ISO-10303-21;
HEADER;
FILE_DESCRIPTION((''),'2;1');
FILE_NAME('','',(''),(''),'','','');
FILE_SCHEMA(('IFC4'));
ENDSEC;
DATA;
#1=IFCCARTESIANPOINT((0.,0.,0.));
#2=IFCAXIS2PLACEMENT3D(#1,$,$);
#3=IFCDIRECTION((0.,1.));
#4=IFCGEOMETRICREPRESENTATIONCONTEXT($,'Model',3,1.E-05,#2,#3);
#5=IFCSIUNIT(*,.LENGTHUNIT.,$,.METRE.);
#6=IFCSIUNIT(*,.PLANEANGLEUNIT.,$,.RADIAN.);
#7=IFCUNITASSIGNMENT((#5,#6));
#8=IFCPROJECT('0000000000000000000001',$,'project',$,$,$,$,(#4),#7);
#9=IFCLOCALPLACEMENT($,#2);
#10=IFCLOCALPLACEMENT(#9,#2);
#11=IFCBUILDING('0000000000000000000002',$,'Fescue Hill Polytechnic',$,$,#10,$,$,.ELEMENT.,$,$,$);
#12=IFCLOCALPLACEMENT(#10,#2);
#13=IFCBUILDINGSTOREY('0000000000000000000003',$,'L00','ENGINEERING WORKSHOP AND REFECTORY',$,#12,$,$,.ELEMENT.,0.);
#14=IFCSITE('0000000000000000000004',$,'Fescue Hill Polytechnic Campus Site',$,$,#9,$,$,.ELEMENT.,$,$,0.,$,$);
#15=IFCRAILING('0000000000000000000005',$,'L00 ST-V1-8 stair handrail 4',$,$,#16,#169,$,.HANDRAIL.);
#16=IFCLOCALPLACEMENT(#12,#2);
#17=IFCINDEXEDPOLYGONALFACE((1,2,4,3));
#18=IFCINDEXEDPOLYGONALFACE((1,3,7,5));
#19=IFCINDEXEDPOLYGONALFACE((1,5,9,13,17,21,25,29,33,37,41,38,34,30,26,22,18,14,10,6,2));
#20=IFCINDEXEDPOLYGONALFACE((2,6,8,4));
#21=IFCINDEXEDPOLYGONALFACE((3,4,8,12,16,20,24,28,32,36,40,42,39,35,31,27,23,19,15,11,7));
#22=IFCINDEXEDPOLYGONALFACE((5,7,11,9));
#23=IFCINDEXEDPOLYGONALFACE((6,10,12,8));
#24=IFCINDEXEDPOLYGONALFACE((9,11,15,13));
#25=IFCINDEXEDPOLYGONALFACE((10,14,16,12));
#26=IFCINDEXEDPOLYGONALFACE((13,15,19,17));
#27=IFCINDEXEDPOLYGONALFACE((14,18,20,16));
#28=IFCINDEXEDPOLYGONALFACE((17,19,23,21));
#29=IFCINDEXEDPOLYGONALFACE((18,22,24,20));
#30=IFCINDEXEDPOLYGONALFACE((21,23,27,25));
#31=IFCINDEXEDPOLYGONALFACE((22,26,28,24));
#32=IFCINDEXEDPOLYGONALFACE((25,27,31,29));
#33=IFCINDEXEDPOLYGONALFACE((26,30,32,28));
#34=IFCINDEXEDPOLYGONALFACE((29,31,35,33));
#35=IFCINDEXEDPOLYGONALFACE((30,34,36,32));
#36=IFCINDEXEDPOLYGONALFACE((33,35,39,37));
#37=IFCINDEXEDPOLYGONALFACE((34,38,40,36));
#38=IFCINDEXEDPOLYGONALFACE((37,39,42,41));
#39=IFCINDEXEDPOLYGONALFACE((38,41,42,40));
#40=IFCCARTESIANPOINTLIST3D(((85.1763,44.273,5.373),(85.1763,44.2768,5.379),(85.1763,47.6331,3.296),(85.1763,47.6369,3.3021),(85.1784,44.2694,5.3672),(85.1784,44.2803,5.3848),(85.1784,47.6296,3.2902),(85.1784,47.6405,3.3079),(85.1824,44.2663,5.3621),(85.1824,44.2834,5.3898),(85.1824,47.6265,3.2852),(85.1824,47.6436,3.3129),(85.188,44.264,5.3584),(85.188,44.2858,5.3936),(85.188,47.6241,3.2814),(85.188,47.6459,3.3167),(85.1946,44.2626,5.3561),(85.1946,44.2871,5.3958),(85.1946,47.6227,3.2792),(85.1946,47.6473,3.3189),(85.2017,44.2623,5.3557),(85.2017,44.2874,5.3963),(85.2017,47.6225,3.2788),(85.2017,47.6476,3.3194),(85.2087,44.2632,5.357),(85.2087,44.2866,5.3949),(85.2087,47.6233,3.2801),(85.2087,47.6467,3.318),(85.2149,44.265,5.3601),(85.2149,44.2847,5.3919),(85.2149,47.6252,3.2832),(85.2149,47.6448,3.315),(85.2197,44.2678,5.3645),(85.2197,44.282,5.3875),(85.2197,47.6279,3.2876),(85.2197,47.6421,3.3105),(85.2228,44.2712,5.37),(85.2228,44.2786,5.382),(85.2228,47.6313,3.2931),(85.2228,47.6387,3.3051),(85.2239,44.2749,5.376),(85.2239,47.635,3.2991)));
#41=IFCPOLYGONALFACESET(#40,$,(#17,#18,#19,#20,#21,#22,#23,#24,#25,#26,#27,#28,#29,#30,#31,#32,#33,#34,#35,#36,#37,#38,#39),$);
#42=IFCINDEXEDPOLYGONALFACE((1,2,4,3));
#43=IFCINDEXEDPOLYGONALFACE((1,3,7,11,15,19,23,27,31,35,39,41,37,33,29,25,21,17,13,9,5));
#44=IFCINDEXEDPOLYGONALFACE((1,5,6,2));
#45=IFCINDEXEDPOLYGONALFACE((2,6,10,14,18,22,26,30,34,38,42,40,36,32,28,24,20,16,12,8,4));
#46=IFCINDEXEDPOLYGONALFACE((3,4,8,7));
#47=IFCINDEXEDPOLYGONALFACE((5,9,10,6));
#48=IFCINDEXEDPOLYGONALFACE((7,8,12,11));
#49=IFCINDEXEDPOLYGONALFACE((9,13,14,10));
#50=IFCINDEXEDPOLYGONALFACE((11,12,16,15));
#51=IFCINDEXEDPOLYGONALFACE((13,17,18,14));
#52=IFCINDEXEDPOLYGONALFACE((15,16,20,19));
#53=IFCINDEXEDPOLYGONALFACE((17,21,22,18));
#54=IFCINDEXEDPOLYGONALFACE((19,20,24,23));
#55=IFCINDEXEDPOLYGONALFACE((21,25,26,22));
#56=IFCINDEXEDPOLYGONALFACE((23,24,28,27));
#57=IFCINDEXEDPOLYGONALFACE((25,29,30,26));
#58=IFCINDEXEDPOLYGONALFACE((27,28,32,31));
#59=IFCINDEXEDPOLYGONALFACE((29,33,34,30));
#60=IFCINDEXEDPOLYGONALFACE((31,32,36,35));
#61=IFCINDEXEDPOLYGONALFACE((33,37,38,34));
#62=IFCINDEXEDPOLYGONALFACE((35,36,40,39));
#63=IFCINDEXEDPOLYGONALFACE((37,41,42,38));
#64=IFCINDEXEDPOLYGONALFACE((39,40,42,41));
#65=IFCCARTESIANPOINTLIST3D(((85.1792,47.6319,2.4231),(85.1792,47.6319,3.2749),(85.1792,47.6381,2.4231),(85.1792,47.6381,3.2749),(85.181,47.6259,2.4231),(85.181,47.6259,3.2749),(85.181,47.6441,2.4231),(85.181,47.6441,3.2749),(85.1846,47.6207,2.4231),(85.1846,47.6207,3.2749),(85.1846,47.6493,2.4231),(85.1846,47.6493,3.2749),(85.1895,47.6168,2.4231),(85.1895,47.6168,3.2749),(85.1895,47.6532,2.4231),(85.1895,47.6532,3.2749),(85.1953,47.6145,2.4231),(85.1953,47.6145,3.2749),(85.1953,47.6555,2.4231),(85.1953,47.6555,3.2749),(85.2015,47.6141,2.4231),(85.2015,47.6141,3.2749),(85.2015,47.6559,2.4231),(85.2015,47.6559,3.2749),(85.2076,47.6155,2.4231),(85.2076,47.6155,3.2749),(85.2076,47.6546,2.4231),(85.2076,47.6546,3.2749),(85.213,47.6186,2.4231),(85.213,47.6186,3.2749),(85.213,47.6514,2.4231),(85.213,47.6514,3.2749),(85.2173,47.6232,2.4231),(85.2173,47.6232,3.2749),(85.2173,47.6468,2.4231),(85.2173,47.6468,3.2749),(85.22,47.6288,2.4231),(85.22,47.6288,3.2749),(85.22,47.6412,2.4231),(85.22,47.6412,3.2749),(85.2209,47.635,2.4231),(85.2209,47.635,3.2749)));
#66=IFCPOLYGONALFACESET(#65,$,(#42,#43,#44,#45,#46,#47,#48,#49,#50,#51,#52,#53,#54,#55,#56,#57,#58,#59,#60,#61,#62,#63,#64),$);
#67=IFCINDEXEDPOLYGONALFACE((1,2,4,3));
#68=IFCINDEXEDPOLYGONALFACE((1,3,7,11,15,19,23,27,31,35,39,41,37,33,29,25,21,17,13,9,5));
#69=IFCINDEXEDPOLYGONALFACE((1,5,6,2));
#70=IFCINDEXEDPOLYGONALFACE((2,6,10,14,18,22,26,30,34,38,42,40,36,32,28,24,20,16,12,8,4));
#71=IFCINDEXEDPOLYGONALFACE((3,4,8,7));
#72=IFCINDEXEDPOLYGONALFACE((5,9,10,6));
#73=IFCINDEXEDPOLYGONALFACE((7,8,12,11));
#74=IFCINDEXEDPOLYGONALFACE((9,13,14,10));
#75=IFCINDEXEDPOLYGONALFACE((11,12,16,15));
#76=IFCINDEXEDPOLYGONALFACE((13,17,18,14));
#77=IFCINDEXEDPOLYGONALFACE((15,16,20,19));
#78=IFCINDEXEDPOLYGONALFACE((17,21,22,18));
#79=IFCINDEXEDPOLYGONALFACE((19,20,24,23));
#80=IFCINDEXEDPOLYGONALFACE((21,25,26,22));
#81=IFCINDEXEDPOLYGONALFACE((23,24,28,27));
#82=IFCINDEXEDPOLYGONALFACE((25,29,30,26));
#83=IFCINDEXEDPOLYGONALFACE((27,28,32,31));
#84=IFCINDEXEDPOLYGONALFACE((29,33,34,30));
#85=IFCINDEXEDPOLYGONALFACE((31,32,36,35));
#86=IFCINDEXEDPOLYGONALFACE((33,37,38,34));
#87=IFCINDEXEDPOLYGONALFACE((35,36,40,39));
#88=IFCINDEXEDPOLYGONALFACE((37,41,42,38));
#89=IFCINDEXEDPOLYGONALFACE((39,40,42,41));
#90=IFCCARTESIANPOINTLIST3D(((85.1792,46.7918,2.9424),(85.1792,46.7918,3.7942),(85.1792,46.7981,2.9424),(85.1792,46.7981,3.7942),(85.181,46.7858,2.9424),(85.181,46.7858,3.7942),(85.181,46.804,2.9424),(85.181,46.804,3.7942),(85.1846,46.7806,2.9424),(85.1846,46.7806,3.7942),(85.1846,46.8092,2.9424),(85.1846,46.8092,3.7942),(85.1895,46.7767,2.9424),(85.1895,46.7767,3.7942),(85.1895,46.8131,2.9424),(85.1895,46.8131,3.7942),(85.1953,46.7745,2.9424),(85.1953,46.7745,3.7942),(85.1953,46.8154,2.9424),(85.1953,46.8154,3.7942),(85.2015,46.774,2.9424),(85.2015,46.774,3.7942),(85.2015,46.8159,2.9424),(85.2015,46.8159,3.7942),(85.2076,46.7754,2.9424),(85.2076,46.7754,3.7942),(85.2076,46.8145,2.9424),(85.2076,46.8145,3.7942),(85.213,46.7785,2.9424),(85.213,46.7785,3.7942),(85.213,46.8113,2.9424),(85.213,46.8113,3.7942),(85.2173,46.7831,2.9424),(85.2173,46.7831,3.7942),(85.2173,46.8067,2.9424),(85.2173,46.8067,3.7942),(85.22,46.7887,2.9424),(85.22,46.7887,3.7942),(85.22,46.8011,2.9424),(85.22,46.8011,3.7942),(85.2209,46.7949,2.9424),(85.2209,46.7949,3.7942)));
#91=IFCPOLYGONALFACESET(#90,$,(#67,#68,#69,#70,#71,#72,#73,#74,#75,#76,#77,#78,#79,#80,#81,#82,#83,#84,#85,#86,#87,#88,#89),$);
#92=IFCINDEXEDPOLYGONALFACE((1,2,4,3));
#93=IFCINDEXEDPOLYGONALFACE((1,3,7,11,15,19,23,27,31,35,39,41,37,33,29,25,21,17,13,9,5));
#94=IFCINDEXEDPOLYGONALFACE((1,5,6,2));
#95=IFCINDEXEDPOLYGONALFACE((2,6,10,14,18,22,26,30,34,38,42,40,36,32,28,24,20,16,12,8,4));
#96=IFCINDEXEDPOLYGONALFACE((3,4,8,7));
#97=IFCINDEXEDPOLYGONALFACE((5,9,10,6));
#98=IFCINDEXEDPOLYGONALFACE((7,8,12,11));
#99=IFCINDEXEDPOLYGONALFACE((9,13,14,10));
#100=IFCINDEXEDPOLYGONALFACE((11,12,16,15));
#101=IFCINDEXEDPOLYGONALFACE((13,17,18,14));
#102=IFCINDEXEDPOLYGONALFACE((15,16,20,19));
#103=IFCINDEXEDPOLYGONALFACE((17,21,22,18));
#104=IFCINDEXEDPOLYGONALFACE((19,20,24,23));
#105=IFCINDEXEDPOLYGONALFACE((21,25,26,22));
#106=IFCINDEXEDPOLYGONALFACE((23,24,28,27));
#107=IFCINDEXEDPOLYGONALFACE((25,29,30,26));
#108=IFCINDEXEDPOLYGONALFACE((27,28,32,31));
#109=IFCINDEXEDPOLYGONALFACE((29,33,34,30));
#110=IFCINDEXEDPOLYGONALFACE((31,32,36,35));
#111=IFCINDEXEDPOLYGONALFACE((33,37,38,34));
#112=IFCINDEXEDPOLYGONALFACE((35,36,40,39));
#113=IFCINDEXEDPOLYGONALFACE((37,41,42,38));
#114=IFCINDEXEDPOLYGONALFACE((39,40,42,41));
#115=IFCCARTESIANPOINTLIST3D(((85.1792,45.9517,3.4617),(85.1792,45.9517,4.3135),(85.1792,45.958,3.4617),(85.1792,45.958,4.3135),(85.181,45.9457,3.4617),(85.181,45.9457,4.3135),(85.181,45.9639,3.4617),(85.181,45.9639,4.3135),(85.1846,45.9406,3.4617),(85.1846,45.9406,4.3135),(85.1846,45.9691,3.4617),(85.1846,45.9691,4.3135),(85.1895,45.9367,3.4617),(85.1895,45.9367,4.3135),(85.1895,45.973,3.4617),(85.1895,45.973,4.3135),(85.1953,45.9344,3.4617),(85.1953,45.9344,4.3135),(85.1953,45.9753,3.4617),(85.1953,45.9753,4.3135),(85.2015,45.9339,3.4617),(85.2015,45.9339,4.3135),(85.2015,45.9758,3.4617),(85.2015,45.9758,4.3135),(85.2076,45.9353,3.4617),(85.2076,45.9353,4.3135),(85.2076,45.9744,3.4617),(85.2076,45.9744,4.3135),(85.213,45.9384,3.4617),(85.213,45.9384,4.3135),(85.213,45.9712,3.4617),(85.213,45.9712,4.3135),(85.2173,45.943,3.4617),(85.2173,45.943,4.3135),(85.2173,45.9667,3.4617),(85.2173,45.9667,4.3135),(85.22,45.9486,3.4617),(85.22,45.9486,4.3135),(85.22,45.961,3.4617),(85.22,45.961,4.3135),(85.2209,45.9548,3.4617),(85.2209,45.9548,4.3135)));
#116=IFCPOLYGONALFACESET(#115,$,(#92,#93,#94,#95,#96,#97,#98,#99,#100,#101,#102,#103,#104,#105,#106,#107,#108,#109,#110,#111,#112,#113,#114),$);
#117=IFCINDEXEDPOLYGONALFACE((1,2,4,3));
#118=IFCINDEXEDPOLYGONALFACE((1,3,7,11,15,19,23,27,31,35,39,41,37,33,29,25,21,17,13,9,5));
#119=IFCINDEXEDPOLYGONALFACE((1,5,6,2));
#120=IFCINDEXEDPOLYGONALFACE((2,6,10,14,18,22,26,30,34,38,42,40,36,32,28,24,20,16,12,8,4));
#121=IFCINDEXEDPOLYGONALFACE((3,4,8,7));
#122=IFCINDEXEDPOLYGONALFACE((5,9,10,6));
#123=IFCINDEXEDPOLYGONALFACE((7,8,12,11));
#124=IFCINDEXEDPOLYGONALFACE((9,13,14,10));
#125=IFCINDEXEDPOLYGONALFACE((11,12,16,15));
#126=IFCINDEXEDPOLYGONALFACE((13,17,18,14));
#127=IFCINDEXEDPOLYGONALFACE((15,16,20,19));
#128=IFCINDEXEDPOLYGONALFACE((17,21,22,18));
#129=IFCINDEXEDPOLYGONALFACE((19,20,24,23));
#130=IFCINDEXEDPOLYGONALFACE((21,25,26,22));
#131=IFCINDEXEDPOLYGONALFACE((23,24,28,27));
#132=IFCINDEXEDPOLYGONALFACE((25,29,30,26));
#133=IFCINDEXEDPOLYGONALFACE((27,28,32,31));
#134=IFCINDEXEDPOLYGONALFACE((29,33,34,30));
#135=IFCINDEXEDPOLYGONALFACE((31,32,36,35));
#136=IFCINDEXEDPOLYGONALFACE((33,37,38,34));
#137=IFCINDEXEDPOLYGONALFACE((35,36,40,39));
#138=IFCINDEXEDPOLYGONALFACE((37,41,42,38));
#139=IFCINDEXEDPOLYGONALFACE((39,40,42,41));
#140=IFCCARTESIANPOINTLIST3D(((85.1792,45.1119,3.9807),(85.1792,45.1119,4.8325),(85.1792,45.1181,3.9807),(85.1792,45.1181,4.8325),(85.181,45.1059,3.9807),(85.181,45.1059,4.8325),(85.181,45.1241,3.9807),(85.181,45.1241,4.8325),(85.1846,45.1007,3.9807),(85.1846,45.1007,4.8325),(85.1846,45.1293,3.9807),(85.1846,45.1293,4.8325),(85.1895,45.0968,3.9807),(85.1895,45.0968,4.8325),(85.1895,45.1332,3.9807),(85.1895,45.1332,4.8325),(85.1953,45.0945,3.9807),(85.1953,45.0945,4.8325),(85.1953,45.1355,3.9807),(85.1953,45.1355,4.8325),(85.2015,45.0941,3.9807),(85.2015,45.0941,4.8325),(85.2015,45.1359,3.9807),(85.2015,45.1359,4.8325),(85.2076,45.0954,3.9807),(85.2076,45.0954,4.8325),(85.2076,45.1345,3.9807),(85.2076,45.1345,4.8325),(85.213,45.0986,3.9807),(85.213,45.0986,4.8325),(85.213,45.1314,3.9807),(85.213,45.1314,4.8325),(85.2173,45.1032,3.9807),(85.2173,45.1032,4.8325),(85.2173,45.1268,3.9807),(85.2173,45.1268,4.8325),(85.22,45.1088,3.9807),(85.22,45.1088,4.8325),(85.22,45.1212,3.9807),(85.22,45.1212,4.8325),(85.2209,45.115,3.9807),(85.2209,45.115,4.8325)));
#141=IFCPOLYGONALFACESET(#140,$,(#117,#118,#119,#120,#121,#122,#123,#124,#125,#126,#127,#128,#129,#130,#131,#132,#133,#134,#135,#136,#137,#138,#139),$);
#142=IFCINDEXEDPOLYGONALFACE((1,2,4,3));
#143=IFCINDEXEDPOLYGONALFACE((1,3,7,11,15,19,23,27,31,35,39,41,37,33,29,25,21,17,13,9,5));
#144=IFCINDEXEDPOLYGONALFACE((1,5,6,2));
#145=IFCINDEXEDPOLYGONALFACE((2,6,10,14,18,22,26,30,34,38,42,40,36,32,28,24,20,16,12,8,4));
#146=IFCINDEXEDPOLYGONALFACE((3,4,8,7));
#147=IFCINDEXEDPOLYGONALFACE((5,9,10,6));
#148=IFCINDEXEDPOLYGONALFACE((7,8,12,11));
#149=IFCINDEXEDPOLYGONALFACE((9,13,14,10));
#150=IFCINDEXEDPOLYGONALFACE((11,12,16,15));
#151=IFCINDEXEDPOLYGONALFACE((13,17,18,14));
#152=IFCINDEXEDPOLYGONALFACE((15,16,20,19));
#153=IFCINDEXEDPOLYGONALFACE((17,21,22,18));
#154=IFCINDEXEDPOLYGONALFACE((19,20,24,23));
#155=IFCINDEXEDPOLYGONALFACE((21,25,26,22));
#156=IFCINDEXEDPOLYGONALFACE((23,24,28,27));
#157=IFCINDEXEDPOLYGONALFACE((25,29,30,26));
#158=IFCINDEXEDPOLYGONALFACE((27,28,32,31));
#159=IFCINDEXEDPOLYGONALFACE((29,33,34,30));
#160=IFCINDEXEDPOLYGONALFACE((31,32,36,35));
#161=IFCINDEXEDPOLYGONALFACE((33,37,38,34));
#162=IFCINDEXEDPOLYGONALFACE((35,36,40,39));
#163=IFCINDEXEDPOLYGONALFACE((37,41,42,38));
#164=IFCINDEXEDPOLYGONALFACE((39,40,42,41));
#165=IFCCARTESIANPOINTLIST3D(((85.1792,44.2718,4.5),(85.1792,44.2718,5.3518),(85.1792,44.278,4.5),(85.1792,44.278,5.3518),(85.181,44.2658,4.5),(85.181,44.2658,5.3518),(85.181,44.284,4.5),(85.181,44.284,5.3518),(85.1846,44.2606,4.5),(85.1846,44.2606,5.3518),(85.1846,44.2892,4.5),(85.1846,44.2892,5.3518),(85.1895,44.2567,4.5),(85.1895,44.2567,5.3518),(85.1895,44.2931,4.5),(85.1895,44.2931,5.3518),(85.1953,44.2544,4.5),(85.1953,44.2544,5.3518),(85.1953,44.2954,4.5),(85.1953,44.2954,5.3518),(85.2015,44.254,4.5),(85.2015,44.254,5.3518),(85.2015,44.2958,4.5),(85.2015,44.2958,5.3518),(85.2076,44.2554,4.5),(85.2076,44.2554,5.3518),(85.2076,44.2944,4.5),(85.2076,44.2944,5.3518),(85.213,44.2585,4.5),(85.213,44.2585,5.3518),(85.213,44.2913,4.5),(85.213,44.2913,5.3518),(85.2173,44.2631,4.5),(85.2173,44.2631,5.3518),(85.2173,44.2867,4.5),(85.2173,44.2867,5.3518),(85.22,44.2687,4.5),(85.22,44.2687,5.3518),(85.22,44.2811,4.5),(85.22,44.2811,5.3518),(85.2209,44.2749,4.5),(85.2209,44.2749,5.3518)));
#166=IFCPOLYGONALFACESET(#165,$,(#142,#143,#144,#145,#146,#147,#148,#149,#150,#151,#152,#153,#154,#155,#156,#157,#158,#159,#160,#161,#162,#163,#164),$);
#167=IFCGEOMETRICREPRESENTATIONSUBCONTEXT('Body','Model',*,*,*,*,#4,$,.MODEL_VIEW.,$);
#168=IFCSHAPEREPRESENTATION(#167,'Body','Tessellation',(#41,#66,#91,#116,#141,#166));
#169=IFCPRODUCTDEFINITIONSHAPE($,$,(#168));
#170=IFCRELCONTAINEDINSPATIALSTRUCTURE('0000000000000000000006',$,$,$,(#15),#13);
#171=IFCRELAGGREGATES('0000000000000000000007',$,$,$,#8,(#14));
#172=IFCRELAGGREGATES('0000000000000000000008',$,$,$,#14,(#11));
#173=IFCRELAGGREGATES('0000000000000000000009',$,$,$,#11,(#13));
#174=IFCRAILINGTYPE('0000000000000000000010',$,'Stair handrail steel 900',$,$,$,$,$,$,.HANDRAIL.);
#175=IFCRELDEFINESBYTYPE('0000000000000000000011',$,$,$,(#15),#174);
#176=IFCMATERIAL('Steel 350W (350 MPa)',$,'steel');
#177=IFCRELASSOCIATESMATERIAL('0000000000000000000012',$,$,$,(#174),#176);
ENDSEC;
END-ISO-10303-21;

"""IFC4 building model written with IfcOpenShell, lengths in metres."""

from ifc_helpers import new_model, si_unit, direction, frame, origin, origin_2d, place, context, subcontext, project, spatial, circle, extrude, material, type_object, element, save


model = new_model("IFC4")

# Units and contexts
model_context = context("Model", 3, precision=1e-05, world=origin(), true_north=direction((0.0, 1.0)))
body_context = subcontext(model_context, "Body", "Model", "MODEL_VIEW")
ifc_project = project(units=[si_unit("LENGTHUNIT", "METRE"), si_unit("PLANEANGLEUNIT", "RADIAN")], contexts=[model_context])

# Site, building, storey
site_placement = place(None, origin())
site = spatial("IfcSite", under=ifc_project, at=site_placement, Name="Fescue Hill Polytechnic Campus Site", CompositionType="ELEMENT", RefElevation=0.0)
building_placement = place(site_placement, origin())
building = spatial("IfcBuilding", under=site, at=building_placement, Name="Fescue Hill Polytechnic", CompositionType="ELEMENT")
storey_placement = place(building_placement, origin())
storey = spatial("IfcBuildingStorey", under=building, at=storey_placement, Name="L00", Description="ENGINEERING WORKSHOP AND REFECTORY", CompositionType="ELEMENT", Elevation=0.0)

# Railing
ifc_material_1 = material(Name="Steel 350W (350 MPa)", Category="steel")
railing_type_1 = type_object("IfcRailingType", Name="Stair handrail steel 900", PredefinedType="HANDRAIL", material=ifc_material_1)
railing_1_placement = place(storey_placement, frame((85.2, 47.635, 2.4231)))
element("IfcRailing", 1, at=railing_1_placement, inside=storey, type_object=railing_type_1, Name="L00 ST-V1-8 stair handrail 4", PredefinedType="HANDRAIL", context=body_context, shape_type="SweptSolid", body=[
    extrude(circle(Radius=0.0239, at=origin_2d()), frame((0.0, 0.0, 0.876), z_axis=(0.0, -0.850623, 0.525776), x_axis=(1.0, 0.0, 0.0)), (0.0, 0.0, 1.0), 3.9502),
    extrude(circle(Radius=0.021, at=origin_2d()), origin(), (0.0, 0.0, 1.0), 0.8518),
    extrude(circle(Radius=0.021, at=origin_2d()), frame((0.0, -0.8401, 0.5193)), (0.0, 0.0, 1.0), 0.8518),
    extrude(circle(Radius=0.021, at=origin_2d()), frame((0.0, -1.6802, 1.0386)), (0.0, 0.0, 1.0), 0.8518),
    extrude(circle(Radius=0.021, at=origin_2d()), frame((0.0, -2.52, 1.5576)), (0.0, 0.0, 1.0), 0.8518),
    extrude(circle(Radius=0.021, at=origin_2d()), frame((0.0, -3.3601, 2.0769)), (0.0, 0.0, 1.0), 0.8518),
])

save(model, "model.ifc")
